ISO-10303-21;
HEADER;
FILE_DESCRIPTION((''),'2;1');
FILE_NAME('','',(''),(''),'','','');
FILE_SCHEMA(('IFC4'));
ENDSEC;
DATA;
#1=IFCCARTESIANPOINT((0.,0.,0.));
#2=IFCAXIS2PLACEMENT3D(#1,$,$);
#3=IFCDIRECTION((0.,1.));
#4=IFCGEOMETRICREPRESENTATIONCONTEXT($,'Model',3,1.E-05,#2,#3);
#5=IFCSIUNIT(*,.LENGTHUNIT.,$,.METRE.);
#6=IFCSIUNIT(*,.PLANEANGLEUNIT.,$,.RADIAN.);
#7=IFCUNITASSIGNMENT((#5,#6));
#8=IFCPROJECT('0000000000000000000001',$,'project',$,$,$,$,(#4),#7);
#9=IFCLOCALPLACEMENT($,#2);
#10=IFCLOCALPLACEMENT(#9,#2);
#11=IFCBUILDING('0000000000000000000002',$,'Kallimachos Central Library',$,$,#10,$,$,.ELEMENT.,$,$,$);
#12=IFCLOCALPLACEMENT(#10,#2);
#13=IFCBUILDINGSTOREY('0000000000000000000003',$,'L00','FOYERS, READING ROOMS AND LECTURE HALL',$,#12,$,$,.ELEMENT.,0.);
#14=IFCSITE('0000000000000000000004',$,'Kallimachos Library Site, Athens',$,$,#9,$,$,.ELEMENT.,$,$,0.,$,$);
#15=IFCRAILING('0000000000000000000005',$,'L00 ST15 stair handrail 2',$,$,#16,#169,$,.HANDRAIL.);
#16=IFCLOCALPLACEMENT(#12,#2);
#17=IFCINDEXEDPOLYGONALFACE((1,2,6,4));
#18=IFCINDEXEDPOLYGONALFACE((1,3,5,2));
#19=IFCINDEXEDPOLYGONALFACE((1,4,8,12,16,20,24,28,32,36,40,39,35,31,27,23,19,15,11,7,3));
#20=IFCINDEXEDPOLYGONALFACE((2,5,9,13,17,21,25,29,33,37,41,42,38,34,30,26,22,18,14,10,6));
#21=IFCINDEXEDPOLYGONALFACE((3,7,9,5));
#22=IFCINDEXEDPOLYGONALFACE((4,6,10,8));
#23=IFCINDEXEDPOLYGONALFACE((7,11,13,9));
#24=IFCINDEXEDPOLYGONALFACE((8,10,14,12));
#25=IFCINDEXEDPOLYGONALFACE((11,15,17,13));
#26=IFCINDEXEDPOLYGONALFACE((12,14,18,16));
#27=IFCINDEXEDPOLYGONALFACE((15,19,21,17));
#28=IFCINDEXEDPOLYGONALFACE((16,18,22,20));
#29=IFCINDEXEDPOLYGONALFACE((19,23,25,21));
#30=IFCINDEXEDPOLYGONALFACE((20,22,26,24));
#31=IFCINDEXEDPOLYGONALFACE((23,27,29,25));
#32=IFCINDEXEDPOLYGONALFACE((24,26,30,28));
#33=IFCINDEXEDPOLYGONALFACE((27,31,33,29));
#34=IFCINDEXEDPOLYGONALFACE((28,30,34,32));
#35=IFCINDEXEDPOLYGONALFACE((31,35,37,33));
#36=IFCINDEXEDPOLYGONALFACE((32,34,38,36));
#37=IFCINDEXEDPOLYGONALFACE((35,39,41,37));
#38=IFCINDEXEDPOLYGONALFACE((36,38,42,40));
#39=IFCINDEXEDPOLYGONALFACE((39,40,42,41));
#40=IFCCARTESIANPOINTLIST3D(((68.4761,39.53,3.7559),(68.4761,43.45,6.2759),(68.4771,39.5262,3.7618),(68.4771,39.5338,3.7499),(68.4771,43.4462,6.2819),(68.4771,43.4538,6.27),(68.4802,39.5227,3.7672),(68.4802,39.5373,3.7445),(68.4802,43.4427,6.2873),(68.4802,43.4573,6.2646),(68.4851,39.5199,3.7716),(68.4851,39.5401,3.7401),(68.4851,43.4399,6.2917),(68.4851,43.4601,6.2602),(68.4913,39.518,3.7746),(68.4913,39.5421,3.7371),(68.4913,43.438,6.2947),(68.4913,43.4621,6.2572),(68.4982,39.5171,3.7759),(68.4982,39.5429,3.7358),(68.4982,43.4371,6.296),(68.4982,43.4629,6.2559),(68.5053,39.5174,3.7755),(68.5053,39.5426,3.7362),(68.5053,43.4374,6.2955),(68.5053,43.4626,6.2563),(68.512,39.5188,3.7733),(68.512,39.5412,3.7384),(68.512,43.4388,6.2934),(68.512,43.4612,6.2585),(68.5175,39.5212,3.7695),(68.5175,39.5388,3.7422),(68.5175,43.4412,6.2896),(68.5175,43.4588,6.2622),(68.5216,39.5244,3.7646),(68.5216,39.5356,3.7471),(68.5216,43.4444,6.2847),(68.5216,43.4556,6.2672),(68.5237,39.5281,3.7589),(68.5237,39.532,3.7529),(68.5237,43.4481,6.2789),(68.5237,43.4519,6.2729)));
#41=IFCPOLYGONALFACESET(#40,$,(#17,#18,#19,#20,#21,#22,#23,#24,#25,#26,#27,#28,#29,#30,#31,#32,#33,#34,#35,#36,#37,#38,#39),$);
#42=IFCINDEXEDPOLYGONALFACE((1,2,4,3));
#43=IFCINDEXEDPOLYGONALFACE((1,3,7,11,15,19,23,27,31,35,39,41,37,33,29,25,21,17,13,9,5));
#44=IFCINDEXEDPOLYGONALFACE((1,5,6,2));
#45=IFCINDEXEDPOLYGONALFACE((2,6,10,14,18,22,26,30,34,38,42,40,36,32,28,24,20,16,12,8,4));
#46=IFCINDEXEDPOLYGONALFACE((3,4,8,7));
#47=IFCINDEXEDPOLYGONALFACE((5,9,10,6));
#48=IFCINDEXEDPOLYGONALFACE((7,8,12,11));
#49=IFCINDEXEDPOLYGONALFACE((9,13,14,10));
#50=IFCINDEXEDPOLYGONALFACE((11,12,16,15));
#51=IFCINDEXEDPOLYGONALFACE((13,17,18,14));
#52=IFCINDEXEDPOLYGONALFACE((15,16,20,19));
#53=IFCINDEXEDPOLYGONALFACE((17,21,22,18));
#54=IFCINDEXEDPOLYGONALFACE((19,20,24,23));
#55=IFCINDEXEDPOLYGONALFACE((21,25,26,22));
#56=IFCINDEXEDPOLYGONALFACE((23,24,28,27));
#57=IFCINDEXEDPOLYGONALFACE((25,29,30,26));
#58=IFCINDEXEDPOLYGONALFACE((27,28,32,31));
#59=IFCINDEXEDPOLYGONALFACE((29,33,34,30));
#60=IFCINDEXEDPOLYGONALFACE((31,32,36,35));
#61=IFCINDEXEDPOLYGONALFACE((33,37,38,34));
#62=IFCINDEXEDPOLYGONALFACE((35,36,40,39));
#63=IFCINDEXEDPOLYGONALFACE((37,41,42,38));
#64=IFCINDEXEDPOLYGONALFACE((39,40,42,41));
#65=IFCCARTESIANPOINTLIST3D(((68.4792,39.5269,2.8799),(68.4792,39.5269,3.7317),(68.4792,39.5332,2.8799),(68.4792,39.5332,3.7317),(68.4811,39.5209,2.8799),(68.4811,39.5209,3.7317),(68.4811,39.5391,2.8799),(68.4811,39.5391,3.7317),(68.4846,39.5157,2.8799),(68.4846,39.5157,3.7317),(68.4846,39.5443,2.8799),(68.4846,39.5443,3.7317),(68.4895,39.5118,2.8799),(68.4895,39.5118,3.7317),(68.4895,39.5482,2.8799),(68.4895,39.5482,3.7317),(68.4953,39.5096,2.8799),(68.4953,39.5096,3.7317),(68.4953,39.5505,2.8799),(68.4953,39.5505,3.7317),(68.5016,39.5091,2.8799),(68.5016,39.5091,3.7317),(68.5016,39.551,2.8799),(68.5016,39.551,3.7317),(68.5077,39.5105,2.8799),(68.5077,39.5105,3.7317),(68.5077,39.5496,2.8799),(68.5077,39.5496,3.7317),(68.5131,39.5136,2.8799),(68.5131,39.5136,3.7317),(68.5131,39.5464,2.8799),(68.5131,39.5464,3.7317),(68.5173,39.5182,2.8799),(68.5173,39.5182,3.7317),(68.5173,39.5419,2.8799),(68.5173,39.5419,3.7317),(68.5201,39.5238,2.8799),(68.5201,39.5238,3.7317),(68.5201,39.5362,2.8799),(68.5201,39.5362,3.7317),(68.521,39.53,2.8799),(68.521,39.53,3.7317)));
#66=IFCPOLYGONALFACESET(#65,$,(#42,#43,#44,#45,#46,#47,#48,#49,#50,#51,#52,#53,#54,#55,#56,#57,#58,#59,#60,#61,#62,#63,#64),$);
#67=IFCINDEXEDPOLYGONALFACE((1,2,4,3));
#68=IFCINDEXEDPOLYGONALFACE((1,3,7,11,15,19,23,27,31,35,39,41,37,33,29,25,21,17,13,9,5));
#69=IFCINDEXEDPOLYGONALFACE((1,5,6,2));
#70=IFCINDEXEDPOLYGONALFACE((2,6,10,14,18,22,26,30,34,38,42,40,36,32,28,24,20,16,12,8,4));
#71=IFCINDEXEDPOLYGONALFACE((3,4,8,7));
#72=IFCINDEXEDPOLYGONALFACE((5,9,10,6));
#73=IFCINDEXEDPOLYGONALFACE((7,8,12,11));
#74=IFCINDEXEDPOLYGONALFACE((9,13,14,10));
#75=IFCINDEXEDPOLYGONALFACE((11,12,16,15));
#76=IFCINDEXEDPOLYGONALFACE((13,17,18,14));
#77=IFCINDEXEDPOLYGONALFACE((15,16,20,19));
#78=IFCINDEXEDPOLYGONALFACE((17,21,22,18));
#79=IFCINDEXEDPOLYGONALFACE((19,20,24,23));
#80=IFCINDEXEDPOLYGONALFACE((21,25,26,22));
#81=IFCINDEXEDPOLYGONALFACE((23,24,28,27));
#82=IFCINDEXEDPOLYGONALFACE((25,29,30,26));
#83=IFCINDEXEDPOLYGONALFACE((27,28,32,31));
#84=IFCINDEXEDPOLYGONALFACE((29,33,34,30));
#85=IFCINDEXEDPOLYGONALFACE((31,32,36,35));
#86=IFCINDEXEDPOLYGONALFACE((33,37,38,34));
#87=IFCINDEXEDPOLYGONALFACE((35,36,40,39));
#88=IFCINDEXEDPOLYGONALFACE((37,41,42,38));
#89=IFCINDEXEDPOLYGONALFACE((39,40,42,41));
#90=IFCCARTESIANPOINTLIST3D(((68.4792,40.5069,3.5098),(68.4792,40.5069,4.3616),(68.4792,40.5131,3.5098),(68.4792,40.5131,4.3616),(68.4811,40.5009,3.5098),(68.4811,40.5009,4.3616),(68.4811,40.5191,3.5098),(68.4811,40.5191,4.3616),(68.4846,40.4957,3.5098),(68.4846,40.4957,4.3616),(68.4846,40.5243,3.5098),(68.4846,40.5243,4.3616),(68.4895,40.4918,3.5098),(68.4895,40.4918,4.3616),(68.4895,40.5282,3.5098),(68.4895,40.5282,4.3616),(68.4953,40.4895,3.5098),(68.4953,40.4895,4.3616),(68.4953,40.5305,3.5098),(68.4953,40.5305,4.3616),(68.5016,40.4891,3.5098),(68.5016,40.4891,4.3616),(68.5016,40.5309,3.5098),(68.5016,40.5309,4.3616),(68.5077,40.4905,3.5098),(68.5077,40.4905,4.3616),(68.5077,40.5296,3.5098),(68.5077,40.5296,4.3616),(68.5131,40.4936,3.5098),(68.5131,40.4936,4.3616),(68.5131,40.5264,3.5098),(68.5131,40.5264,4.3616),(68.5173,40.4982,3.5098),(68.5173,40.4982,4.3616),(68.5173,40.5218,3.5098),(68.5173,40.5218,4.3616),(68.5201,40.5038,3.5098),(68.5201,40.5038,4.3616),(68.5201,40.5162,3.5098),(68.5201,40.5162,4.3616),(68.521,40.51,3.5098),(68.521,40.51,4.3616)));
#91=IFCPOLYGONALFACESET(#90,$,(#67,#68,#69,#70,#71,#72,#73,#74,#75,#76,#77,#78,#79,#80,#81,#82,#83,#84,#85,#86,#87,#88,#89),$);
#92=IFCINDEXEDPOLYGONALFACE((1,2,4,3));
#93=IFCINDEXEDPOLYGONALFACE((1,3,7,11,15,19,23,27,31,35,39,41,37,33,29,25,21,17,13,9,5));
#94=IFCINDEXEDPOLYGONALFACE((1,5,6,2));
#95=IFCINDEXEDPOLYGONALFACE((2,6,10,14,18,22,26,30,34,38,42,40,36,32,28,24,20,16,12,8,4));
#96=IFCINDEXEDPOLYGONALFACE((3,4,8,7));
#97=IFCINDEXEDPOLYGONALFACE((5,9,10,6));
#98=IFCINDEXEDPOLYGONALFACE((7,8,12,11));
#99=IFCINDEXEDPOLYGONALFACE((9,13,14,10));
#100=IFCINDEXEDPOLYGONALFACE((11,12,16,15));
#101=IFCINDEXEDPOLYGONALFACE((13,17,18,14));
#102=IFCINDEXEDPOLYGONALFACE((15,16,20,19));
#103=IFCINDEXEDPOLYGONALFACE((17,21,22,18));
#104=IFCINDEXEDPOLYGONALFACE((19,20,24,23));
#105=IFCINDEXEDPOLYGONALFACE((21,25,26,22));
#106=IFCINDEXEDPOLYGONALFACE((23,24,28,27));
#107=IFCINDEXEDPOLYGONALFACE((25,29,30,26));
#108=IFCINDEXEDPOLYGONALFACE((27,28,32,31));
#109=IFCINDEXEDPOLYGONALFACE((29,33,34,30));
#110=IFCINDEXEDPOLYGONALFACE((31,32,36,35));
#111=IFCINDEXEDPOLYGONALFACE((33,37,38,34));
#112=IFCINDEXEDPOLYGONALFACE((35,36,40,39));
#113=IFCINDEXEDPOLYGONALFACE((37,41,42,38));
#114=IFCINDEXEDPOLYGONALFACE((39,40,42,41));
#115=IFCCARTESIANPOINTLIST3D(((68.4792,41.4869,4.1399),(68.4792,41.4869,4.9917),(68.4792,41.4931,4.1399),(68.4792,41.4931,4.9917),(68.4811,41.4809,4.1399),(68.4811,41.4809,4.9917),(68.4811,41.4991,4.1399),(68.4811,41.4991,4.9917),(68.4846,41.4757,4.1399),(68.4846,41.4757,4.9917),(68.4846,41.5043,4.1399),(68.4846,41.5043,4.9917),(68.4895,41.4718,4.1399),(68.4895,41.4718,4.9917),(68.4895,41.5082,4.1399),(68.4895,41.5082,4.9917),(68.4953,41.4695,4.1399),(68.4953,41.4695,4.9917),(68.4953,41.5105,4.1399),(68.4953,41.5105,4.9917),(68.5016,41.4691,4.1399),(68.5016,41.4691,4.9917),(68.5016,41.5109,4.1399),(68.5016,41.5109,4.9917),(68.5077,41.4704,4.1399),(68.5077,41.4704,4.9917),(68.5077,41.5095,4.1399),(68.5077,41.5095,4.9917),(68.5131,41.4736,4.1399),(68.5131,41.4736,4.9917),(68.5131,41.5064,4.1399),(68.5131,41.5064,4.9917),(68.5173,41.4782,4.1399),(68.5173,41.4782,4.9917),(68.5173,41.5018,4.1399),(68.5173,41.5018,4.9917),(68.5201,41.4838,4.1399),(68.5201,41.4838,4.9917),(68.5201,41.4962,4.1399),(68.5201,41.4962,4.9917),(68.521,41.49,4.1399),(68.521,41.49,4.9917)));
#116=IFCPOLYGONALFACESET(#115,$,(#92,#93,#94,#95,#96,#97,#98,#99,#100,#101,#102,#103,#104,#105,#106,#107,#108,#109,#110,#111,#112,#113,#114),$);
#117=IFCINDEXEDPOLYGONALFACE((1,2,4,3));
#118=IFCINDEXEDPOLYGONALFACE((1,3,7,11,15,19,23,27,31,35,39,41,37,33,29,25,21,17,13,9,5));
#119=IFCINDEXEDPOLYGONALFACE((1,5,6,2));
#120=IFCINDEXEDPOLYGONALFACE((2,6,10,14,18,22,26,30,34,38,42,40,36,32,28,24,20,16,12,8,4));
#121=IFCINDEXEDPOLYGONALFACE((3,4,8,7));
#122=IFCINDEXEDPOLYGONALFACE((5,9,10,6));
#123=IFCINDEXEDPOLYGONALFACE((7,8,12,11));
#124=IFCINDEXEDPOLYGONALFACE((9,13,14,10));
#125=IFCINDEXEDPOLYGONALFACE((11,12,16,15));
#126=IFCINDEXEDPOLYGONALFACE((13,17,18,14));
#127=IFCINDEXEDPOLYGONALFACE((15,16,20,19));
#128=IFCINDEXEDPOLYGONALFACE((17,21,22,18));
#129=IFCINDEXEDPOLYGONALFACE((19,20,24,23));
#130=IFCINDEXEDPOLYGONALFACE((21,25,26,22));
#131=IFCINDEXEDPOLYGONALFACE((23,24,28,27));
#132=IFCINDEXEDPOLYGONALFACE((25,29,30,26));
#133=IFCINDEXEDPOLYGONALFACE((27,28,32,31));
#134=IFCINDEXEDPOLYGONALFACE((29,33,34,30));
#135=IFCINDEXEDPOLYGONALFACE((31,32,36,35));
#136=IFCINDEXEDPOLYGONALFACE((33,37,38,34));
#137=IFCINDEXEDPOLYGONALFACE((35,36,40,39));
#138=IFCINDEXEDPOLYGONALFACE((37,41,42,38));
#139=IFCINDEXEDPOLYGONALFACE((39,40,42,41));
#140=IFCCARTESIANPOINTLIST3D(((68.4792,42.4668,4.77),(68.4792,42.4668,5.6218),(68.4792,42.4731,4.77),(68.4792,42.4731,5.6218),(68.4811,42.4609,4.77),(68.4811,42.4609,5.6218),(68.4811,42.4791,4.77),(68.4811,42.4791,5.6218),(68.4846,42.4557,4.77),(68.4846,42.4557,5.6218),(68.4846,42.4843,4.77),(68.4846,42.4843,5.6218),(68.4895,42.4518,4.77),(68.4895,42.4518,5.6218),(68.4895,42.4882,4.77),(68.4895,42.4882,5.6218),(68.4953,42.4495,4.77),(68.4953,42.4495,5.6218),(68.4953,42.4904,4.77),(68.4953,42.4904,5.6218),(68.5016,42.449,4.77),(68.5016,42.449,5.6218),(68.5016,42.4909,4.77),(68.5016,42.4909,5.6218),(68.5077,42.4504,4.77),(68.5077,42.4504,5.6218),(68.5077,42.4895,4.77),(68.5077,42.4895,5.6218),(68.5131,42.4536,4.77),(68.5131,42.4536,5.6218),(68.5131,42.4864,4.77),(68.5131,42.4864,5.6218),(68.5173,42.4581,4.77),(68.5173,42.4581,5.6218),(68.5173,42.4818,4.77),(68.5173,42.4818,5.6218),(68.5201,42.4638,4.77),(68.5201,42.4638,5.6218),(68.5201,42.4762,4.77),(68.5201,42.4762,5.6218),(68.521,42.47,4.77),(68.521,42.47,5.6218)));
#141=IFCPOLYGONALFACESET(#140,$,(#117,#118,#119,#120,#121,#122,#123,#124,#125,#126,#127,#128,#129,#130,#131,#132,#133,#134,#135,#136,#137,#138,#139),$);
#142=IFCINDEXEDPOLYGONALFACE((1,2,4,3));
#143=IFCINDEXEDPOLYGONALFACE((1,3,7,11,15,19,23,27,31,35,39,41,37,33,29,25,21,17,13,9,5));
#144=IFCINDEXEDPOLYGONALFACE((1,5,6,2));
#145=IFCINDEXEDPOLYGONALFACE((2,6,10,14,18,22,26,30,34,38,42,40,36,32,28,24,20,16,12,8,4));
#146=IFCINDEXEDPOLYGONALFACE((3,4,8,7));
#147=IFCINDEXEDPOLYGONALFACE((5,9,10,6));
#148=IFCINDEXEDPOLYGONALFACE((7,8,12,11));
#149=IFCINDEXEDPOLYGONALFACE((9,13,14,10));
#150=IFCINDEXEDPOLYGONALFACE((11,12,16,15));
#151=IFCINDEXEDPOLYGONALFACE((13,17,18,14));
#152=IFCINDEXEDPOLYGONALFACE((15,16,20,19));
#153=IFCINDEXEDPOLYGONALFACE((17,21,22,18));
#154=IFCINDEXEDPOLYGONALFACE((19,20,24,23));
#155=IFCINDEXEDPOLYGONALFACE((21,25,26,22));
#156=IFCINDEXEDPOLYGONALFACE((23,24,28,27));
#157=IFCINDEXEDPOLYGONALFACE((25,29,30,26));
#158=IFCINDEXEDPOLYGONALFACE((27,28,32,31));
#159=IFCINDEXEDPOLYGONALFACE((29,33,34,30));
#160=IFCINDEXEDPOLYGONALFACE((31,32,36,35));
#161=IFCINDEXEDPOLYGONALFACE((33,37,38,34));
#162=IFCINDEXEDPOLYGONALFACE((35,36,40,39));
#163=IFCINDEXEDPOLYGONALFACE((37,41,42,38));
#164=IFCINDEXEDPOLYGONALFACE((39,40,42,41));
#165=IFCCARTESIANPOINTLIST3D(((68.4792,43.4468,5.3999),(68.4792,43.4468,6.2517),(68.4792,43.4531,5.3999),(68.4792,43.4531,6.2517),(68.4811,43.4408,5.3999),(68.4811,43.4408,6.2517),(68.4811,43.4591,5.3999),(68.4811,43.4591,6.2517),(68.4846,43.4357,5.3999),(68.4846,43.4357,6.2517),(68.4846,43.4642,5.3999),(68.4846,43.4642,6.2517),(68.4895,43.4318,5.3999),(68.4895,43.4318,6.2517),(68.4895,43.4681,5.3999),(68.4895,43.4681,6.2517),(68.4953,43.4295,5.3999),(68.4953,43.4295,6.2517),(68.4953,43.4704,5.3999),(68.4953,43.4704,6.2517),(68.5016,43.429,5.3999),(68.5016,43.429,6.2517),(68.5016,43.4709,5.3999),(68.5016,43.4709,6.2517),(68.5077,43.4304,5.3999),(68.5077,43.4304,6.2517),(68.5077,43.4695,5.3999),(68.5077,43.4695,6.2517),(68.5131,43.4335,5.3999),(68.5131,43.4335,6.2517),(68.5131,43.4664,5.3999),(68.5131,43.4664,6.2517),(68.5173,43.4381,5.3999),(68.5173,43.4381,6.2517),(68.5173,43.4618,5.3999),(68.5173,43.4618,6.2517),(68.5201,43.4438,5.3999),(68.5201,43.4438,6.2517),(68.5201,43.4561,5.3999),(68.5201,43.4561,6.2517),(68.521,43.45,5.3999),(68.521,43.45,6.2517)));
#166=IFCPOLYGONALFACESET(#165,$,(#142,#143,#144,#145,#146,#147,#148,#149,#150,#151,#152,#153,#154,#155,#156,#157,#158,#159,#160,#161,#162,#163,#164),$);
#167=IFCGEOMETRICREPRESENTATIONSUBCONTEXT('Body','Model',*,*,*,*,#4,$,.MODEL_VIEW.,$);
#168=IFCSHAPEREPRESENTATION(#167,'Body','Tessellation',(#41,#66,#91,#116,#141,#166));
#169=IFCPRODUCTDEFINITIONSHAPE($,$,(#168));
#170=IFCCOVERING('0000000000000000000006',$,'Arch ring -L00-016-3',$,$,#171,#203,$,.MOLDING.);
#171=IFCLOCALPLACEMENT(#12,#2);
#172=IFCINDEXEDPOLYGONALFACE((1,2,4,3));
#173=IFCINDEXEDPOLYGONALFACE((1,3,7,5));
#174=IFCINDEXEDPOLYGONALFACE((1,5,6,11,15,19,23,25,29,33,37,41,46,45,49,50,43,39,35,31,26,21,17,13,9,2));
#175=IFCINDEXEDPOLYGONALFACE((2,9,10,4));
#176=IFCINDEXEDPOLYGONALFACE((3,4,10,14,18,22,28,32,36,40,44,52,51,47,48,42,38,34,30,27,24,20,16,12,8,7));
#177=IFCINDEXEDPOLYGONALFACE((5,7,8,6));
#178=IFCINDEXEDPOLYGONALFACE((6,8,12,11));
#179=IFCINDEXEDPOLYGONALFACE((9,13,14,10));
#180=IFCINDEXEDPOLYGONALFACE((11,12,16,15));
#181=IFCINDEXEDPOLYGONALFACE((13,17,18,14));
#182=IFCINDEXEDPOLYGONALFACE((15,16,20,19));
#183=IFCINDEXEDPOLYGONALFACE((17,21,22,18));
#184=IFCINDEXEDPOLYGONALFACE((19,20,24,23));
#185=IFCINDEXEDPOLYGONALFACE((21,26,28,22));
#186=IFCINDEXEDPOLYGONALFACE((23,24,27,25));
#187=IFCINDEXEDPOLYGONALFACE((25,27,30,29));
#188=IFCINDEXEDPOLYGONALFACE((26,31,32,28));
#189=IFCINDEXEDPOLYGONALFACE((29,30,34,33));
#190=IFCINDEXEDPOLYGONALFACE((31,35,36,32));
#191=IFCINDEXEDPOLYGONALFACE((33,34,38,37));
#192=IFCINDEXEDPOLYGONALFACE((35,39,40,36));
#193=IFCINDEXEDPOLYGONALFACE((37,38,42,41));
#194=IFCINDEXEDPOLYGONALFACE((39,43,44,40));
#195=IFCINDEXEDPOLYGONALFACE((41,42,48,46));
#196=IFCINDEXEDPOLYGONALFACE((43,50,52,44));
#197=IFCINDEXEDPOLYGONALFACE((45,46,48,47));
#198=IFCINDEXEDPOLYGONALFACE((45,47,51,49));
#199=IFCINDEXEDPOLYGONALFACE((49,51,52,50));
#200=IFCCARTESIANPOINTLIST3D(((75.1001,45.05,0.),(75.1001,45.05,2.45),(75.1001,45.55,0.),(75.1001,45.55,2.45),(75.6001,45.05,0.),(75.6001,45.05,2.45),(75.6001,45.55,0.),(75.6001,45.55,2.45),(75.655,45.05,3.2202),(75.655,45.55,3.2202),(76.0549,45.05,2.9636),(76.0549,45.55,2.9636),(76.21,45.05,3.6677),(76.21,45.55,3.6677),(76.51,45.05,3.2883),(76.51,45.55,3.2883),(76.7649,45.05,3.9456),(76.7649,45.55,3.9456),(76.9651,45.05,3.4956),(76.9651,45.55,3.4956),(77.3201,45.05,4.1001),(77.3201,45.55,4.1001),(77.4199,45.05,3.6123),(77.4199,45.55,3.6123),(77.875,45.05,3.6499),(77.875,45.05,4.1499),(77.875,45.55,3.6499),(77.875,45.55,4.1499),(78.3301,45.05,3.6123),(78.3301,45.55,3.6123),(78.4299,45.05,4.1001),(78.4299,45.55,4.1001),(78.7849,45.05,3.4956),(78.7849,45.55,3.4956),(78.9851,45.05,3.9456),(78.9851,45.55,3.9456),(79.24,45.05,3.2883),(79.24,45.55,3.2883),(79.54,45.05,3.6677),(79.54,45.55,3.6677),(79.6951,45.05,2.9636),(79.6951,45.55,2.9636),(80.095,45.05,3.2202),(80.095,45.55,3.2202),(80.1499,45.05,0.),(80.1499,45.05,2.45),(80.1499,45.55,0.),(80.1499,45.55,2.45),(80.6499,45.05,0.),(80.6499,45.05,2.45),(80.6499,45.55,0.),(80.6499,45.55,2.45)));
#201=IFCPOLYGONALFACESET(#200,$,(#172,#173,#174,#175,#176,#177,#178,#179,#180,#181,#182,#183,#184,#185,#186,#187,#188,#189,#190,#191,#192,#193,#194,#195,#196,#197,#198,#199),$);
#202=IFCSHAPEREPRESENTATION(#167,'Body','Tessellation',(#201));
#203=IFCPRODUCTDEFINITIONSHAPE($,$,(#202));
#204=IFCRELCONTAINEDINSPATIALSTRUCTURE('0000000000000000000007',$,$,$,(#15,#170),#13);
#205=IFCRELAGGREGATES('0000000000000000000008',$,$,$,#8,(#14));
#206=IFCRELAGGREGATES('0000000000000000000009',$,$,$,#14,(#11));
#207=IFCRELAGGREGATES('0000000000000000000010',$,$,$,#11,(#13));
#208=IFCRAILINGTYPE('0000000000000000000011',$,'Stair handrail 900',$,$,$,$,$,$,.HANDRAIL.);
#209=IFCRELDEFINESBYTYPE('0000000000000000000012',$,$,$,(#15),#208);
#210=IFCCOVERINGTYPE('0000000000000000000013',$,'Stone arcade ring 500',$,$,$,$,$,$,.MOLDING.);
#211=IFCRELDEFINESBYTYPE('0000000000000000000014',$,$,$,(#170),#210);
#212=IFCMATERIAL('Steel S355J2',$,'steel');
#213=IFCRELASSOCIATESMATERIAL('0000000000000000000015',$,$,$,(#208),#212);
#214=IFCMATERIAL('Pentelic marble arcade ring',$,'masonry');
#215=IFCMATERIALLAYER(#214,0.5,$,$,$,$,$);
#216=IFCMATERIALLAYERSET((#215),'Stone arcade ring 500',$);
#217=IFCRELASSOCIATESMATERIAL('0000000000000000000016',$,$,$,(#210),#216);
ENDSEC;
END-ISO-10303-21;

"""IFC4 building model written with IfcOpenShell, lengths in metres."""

from ifc_helpers import new_model, si_unit, direction, frame, origin, origin_2d, place, context, subcontext, project, spatial, polyline, circle, outline, extrude, material, layer, layer_set, type_object, element, save


model = new_model("IFC4")

# Units and contexts
model_context = context("Model", 3, precision=1e-05, world=origin(), true_north=direction((0.0, 1.0)))
body_context = subcontext(model_context, "Body", "Model", "MODEL_VIEW")
ifc_project = project(units=[si_unit("LENGTHUNIT", "METRE"), si_unit("PLANEANGLEUNIT", "RADIAN")], contexts=[model_context])

# Site, building, storey
site_placement = place(None, origin())
site = spatial("IfcSite", under=ifc_project, at=site_placement, Name="Kallimachos Library Site, Athens", CompositionType="ELEMENT", RefElevation=0.0)
building_placement = place(site_placement, origin())
building = spatial("IfcBuilding", under=site, at=building_placement, Name="Kallimachos Central Library", CompositionType="ELEMENT")
storey_placement = place(building_placement, origin())
storey = spatial("IfcBuildingStorey", under=building, at=storey_placement, Name="L00", Description="FOYERS, READING ROOMS AND LECTURE HALL", CompositionType="ELEMENT", Elevation=0.0)

# Railing
ifc_material_1 = material(Name="Steel S355J2", Category="steel")
railing_type_1 = type_object("IfcRailingType", Name="Stair handrail 900", PredefinedType="HANDRAIL", material=ifc_material_1)
railing_1_placement = place(storey_placement, frame((68.5, 39.53, 2.8799)))
element("IfcRailing", 1, at=railing_1_placement, inside=storey, type_object=railing_type_1, Name="L00 ST15 stair handrail 2", PredefinedType="HANDRAIL", context=body_context, shape_type="SweptSolid", body=[
    extrude(circle(Radius=0.0239, at=origin_2d()), frame((0.0, 0.0, 0.876), z_axis=(0.0, 0.841172, 0.540768), x_axis=(-1.0, 0.0, 0.0)), (0.0, 0.0, 1.0), 4.6602),
    extrude(circle(Radius=0.021, at=origin_2d()), origin(), (0.0, 0.0, 1.0), 0.8518),
    extrude(circle(Radius=0.021, at=origin_2d()), frame((0.0, 0.98, 0.6299)), (0.0, 0.0, 1.0), 0.8518),
    extrude(circle(Radius=0.021, at=origin_2d()), frame((0.0, 1.96, 1.26)), (0.0, 0.0, 1.0), 0.8518),
    extrude(circle(Radius=0.021, at=origin_2d()), frame((0.0, 2.9399, 1.8901)), (0.0, 0.0, 1.0), 0.8518),
    extrude(circle(Radius=0.021, at=origin_2d()), frame((0.0, 3.9199, 2.52)), (0.0, 0.0, 1.0), 0.8518),
])

# Covering
ifc_material_2 = material(Name="Pentelic marble arcade ring", Category="masonry")
ifc_layer_1 = layer(ifc_material_2, 0.5)
ifc_layer_set_1 = layer_set([ifc_layer_1], Name="Stone arcade ring 500")
covering_type_1 = type_object("IfcCoveringType", Name="Stone arcade ring 500", PredefinedType="MOLDING", material=ifc_layer_set_1)
covering_1_placement = place(storey_placement, frame((75.1001, 45.55, 0.0), z_axis=(0.0, 1.0, 0.0), x_axis=(0.0, 0.0, 1.0)))
element("IfcCovering", 2, at=covering_1_placement, inside=storey, type_object=covering_type_1, Name="Arch ring -L00-016-3", PredefinedType="MOLDING", context=body_context, shape_type="SweptSolid", body=[
    extrude(outline(polyline([(0.0, 0.0), (2.45, 0.0), (3.2202, 0.5549), (3.6677, 1.1099), (3.9456, 1.6648), (4.1001, 2.22), (4.1499, 2.7749), (4.1001, 3.3298), (3.9456, 3.885), (3.6677, 4.4399), (3.2202, 4.9949), (2.45, 5.5498), (0.0, 5.5498), (0.0, 5.0498), (2.45, 5.0498), (2.9636, 4.595), (3.2883, 4.1399), (3.4956, 3.6848), (3.6123, 3.23), (3.6499, 2.7749), (3.6123, 2.3198), (3.4956, 1.865), (3.2883, 1.4099), (2.9636, 0.9548), (2.45, 0.5), (0.0, 0.5), (0.0, 0.0)])), origin(), (0.0, 0.0, -1.0), 0.5),
])

save(model, "model.ifc")
